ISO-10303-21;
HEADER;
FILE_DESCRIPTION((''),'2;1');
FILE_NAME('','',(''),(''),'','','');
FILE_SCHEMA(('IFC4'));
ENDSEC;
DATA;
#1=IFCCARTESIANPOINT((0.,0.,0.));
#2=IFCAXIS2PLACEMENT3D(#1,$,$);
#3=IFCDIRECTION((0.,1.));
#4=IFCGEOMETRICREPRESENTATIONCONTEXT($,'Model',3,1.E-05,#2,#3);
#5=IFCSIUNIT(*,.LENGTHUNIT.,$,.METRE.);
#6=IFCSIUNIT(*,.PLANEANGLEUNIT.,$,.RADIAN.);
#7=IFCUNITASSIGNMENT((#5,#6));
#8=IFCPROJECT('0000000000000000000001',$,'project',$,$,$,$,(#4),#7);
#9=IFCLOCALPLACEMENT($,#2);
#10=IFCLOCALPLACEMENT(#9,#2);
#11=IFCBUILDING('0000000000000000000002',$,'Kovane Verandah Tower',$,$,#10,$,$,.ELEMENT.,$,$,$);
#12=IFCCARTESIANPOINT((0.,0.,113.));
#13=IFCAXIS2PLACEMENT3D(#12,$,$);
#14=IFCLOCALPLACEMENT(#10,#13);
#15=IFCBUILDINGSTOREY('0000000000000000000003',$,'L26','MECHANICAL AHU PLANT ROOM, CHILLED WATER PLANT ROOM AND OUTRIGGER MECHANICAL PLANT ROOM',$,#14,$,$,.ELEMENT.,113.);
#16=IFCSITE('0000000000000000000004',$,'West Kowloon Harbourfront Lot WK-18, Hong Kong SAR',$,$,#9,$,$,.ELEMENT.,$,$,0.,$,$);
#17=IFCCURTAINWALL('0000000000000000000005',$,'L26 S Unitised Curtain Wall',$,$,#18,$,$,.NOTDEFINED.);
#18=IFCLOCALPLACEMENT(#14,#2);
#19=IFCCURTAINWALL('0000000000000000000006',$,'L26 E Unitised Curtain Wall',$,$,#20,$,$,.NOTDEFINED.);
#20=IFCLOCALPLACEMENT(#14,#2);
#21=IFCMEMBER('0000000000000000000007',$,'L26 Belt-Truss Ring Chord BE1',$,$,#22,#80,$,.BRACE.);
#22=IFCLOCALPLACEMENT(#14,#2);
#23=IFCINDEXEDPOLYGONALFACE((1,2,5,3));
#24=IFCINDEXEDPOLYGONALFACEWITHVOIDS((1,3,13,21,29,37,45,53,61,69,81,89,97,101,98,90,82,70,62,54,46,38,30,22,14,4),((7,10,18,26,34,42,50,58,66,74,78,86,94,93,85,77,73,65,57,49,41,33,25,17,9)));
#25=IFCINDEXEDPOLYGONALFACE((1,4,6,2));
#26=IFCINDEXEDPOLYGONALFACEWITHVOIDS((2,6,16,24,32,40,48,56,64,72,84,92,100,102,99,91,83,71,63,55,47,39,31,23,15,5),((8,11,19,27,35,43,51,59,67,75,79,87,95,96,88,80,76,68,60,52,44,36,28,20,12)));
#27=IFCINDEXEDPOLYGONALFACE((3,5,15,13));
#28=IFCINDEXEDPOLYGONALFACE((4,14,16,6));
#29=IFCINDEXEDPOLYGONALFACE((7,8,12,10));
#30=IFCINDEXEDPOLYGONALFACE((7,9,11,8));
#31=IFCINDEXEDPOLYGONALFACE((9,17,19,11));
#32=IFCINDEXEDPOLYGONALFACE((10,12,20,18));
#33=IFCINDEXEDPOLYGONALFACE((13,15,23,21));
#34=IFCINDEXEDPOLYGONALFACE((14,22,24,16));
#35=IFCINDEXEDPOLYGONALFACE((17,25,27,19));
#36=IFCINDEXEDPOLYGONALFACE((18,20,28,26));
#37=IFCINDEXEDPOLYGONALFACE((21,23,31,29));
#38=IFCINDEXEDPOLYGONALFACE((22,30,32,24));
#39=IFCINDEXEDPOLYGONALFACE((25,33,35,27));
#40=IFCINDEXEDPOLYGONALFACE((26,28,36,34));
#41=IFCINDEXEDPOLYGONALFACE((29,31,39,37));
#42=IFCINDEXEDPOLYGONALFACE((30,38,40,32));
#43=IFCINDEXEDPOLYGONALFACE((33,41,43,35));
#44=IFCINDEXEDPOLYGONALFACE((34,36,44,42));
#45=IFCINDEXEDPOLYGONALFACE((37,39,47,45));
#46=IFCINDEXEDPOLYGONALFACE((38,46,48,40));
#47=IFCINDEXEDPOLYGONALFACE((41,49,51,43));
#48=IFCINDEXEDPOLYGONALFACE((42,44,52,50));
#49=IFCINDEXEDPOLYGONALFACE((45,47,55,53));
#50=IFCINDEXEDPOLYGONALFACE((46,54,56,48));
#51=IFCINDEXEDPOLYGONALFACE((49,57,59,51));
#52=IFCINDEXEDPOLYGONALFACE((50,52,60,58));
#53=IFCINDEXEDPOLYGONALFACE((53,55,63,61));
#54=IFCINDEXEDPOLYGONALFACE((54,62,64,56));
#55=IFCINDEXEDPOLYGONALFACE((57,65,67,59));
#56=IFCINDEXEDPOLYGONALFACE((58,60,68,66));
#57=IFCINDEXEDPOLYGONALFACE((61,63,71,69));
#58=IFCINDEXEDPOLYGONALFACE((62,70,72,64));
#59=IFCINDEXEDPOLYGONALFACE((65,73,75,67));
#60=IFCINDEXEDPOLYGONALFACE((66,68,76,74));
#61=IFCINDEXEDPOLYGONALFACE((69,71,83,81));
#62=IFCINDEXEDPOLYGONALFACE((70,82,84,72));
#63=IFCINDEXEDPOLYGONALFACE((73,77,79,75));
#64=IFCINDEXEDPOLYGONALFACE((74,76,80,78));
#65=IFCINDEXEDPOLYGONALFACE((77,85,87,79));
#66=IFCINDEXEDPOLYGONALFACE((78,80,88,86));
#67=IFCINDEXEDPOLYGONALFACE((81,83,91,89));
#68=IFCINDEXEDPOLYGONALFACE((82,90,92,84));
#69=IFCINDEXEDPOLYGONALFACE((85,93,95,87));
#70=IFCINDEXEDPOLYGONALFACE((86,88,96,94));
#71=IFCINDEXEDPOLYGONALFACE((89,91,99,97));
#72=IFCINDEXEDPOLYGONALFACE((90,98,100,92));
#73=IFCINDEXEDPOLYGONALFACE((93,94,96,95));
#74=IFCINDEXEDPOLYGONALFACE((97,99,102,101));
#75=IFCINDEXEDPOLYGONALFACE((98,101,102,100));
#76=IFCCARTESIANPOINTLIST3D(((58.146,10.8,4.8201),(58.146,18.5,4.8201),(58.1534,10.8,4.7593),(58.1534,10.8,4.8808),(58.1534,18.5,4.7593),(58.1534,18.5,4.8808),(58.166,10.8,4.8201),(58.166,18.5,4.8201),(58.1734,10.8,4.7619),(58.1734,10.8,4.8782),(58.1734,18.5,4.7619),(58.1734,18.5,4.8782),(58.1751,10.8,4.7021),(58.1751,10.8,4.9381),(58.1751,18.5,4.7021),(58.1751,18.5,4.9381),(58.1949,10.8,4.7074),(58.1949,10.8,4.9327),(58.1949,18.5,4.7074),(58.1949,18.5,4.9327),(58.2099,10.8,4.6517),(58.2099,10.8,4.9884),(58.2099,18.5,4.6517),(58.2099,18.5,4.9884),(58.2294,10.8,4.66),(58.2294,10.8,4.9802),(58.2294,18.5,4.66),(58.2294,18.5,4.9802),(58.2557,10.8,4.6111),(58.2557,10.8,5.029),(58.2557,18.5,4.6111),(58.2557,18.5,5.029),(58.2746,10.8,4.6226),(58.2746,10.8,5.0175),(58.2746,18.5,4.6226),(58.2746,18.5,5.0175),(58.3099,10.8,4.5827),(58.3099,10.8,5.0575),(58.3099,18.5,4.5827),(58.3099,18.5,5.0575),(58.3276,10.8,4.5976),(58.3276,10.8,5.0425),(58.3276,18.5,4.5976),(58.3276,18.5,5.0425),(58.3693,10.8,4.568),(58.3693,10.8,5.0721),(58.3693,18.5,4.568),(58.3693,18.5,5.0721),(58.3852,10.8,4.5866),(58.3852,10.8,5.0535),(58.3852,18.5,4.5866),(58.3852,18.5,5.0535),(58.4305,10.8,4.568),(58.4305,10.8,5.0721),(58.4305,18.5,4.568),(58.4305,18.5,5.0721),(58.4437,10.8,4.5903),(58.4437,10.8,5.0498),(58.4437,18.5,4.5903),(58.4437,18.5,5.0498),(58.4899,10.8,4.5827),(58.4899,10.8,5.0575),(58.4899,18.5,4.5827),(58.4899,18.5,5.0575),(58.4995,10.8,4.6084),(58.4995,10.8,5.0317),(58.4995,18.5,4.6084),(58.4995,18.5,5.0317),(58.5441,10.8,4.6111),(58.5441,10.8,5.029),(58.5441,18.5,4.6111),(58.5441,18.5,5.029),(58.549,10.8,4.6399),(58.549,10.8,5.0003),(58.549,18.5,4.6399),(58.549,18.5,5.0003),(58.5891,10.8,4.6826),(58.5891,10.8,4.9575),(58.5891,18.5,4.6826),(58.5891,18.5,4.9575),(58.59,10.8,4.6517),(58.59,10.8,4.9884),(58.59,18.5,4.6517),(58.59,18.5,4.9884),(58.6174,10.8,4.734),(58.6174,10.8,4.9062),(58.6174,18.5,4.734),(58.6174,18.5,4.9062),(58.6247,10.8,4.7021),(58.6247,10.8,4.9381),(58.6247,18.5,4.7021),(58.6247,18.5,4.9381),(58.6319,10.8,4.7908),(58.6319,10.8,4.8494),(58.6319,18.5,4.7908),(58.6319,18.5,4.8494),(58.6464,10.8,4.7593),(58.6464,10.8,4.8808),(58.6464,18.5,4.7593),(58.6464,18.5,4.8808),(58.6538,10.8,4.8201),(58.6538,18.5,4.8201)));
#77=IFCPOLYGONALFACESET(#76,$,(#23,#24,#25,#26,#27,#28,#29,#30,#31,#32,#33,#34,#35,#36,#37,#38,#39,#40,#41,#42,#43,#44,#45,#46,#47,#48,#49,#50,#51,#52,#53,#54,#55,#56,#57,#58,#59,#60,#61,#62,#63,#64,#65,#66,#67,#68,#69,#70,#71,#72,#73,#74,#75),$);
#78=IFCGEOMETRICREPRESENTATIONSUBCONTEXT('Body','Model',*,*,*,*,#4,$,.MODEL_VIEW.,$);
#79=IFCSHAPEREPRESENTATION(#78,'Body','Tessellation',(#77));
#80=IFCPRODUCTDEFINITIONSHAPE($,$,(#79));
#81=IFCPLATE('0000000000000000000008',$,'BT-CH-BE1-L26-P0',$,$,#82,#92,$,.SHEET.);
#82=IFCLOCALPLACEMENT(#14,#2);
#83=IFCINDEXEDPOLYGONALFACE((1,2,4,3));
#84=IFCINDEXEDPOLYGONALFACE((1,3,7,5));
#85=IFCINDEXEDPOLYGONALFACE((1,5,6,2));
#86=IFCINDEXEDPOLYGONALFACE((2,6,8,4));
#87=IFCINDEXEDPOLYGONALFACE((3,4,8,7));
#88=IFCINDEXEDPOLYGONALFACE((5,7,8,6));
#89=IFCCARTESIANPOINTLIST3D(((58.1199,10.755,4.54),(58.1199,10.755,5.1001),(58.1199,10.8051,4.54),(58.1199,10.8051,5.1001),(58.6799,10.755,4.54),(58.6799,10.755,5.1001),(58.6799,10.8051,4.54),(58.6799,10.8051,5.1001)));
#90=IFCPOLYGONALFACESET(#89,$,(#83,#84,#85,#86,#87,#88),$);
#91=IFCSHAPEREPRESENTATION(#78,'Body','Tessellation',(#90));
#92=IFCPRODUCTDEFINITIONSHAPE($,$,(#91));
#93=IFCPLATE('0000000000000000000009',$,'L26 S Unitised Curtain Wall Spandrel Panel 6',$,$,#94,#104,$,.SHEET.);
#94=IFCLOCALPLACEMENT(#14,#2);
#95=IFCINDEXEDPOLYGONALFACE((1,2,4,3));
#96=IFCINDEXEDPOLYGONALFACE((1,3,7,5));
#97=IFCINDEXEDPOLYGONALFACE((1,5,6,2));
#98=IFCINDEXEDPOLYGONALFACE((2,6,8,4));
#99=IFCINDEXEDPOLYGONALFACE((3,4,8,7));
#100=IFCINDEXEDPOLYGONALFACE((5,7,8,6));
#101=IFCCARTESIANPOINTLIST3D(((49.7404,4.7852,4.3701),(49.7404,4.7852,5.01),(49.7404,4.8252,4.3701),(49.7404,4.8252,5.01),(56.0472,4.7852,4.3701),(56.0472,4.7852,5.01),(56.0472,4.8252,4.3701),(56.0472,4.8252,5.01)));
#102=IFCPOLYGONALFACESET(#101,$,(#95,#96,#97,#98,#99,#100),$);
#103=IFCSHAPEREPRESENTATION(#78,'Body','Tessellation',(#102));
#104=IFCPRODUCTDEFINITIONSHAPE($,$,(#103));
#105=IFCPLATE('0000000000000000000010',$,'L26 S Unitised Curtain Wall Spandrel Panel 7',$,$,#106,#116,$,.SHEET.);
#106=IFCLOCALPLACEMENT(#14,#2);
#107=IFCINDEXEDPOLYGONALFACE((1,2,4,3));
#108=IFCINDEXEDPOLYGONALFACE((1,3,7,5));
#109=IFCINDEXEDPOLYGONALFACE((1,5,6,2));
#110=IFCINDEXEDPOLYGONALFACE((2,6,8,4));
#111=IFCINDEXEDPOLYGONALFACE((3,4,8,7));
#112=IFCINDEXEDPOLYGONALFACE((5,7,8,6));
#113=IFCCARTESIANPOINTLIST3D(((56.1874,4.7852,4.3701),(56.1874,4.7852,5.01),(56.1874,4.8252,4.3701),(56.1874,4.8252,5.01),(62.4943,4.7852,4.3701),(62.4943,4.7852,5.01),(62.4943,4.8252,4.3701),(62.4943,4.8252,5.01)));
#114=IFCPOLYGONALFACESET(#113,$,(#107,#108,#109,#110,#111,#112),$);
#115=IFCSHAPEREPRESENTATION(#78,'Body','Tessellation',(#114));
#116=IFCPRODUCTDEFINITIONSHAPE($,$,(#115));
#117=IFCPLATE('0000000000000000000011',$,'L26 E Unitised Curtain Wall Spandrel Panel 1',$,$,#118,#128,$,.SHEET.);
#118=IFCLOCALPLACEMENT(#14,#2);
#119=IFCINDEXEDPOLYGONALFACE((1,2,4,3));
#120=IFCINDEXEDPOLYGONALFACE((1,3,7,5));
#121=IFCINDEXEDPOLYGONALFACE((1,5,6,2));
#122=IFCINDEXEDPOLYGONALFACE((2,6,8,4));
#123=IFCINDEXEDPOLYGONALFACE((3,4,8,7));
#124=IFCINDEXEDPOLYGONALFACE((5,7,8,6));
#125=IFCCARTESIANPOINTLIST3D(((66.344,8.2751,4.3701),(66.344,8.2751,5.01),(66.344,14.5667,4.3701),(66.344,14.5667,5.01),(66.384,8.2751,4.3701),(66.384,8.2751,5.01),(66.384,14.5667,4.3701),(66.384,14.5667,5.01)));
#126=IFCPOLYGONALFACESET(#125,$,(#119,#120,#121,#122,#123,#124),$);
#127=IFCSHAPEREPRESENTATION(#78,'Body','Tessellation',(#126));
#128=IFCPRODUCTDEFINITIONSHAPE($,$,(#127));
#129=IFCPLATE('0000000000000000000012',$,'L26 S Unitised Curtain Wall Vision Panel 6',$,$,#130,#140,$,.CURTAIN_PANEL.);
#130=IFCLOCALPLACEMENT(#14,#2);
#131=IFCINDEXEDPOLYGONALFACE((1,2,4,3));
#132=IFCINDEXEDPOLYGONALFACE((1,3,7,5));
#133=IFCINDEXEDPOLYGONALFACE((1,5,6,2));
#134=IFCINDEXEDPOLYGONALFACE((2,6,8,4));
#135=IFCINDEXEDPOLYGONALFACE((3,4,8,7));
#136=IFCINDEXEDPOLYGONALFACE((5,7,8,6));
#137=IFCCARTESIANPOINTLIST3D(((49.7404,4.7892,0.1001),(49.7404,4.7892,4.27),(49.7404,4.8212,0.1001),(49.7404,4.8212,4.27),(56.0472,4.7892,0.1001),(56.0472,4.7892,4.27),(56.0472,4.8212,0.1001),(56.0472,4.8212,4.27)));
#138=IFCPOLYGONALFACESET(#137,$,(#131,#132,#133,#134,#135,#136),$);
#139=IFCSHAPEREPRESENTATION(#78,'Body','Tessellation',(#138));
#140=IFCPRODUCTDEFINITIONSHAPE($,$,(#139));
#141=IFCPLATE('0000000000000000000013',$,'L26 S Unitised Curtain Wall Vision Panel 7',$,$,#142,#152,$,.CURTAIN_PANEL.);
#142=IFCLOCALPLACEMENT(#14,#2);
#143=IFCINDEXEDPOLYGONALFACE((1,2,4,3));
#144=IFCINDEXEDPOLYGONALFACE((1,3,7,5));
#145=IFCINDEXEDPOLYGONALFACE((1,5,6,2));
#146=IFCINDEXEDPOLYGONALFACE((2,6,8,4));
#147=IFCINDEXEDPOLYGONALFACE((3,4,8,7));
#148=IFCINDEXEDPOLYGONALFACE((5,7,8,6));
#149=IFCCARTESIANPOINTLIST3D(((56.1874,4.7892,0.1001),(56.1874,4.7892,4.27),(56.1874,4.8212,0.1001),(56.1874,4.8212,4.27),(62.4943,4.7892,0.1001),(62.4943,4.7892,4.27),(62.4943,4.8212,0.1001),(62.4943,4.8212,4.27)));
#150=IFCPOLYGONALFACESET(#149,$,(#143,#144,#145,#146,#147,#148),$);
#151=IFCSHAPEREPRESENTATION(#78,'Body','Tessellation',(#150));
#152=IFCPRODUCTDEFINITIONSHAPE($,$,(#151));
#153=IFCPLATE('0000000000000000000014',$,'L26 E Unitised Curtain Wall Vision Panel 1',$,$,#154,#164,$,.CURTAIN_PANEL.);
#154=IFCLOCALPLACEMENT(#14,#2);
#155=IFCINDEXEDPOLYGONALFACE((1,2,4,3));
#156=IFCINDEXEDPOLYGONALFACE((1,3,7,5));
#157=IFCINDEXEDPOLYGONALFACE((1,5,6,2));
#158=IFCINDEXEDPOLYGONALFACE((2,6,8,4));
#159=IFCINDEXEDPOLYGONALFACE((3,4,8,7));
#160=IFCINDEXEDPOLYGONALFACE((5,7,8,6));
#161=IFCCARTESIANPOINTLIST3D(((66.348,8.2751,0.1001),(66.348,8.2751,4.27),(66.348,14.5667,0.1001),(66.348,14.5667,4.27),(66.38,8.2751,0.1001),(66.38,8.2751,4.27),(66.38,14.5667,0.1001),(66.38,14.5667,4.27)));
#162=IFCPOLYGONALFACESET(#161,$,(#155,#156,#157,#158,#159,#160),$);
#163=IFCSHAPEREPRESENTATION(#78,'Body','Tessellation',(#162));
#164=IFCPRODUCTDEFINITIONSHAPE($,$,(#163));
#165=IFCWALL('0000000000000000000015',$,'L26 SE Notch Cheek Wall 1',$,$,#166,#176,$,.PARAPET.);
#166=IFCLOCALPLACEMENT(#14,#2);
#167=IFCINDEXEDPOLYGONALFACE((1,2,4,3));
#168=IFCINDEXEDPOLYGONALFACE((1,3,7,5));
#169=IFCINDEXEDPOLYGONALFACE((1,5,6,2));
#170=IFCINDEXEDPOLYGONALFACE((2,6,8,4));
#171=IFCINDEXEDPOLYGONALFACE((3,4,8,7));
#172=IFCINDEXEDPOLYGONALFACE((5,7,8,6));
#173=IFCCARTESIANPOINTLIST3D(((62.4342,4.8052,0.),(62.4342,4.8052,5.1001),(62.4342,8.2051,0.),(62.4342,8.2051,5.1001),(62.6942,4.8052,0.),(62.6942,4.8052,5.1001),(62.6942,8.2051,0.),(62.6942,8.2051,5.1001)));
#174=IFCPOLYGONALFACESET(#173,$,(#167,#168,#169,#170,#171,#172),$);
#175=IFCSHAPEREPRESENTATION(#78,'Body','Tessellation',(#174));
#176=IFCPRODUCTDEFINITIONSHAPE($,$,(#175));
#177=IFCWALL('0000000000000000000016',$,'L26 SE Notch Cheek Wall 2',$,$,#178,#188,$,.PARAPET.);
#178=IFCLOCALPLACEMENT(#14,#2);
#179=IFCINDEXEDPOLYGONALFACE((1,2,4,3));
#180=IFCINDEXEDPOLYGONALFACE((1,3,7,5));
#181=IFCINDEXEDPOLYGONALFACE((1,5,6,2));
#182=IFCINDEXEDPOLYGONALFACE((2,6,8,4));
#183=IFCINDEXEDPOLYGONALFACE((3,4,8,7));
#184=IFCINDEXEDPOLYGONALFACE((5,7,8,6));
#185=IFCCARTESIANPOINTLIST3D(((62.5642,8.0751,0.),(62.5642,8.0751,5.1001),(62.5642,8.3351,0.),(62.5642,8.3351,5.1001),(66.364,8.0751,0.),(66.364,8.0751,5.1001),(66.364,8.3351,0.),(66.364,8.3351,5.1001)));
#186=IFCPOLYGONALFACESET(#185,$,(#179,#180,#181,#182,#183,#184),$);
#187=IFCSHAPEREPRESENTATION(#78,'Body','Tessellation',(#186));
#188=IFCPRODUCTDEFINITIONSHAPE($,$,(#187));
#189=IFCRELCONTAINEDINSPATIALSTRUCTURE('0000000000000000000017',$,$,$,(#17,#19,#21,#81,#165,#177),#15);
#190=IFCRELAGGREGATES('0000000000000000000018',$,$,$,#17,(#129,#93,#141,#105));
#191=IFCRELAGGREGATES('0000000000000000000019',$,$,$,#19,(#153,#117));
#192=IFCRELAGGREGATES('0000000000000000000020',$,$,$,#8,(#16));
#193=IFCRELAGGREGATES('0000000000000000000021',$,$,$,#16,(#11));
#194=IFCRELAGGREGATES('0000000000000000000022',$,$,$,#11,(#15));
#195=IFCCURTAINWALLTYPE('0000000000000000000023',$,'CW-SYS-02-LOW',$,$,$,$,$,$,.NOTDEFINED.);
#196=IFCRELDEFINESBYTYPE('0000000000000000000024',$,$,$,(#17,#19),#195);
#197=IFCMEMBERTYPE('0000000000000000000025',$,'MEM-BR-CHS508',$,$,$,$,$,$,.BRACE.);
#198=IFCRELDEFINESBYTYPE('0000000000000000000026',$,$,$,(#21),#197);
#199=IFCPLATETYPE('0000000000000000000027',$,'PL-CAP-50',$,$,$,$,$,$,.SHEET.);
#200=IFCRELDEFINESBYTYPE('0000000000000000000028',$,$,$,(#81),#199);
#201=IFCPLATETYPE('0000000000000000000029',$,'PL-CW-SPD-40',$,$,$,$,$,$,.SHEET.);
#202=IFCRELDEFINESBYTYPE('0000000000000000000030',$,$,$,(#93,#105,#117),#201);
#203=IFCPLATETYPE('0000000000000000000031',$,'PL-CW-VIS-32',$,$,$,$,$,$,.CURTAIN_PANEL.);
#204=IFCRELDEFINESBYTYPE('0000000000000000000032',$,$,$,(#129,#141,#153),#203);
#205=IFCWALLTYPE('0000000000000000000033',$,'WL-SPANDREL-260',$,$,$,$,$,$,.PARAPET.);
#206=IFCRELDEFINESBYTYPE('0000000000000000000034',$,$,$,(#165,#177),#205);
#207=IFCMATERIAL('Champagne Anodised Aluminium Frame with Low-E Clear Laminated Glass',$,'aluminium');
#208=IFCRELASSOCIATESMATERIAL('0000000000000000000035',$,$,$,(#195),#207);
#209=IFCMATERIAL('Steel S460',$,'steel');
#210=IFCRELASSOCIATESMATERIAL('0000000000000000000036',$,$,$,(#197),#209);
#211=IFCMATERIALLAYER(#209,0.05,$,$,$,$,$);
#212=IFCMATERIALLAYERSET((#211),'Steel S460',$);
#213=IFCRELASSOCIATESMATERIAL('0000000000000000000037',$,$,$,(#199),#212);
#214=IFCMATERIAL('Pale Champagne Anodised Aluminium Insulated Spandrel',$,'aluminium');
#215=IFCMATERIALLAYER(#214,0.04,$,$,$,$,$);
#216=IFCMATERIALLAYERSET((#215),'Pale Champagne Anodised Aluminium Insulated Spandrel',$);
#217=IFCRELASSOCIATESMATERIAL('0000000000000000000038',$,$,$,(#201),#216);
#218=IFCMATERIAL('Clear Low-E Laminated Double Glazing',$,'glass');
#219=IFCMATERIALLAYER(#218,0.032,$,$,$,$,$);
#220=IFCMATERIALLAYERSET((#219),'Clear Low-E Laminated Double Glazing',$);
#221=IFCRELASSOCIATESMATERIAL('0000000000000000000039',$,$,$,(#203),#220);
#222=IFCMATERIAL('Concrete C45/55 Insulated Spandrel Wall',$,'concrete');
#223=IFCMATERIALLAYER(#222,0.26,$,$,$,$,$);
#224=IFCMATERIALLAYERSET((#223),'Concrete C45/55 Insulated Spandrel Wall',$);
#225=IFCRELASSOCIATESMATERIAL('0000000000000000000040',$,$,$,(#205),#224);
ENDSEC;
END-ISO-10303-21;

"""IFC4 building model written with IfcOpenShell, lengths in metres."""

from ifc_helpers import new_model, si_unit, direction, frame, frame_2d, origin, origin_2d, place, context, subcontext, project, spatial, rectangle, hollow_circle, extrude, material, layer, layer_set, material_profile, profile_set, type_object, element, aggregate, save


model = new_model("IFC4")

# Units and contexts
model_context = context("Model", 3, precision=1e-05, world=origin(), true_north=direction((0.0, 1.0)))
body_context = subcontext(model_context, "Body", "Model", "MODEL_VIEW")
ifc_project = project(units=[si_unit("LENGTHUNIT", "METRE"), si_unit("PLANEANGLEUNIT", "RADIAN")], contexts=[model_context])

# Site, building, storey
site_placement = place(None, origin())
site = spatial("IfcSite", under=ifc_project, at=site_placement, Name="West Kowloon Harbourfront Lot WK-18, Hong Kong SAR", CompositionType="ELEMENT", RefElevation=0.0)
building_placement = place(site_placement, origin())
building = spatial("IfcBuilding", under=site, at=building_placement, Name="Kovane Verandah Tower", CompositionType="ELEMENT")
storey_placement = place(building_placement, frame((0.0, 0.0, 113.0)))
storey = spatial("IfcBuildingStorey", under=building, at=storey_placement, Name="L26", Description="MECHANICAL AHU PLANT ROOM, CHILLED WATER PLANT ROOM AND OUTRIGGER MECHANICAL PLANT ROOM", CompositionType="ELEMENT", Elevation=113.0)

# Shared definitions
ifc_material_1 = material(Name="Steel S460", Category="steel")

# Curtain walls
ifc_material_2 = material(Name="Champagne Anodised Aluminium Frame with Low-E Clear Laminated Glass", Category="aluminium")
curtain_wall_type = type_object("IfcCurtainWallType", Name="CW-SYS-02-LOW", PredefinedType="NOTDEFINED", material=ifc_material_2)
curtain_wall_1_placement = place(storey_placement, origin())
curtain_wall_1 = element("IfcCurtainWall", 1, at=curtain_wall_1_placement, inside=storey, type_object=curtain_wall_type, Name="L26 S Unitised Curtain Wall", PredefinedType="NOTDEFINED")
curtain_wall_2_placement = place(storey_placement, origin())
curtain_wall_2 = element("IfcCurtainWall", 2, at=curtain_wall_2_placement, inside=storey, type_object=curtain_wall_type, Name="L26 E Unitised Curtain Wall", PredefinedType="NOTDEFINED")

# Member
ifc_material_profile_1 = material_profile(ifc_material_1, hollow_circle(Radius=0.2539, WallThickness=0.02, at=origin_2d()), Name="CHS508x20")
ifc_profile_set_1 = profile_set([ifc_material_profile_1], Name="Steel S460")
member_type_1 = type_object("IfcMemberType", Name="MEM-BR-CHS508", PredefinedType="BRACE", material=ifc_profile_set_1)
member_1_placement = place(storey_placement, frame((58.3999, 10.8, 4.8201), z_axis=(0.0, 1.0, 0.0), x_axis=(-1.0, 0.0, 0.0)))
element("IfcMember", 3, at=member_1_placement, inside=storey, type_object=member_type_1, Name="L26 Belt-Truss Ring Chord BE1", PredefinedType="BRACE", context=body_context, shape_type="SweptSolid", body=[
    extrude(hollow_circle(Radius=0.2539, WallThickness=0.02, at=origin_2d()), origin(), (0.0, 0.0, 1.0), 7.7),
])

# Plates
ifc_layer_1 = layer(ifc_material_1, 0.05)
ifc_layer_set_1 = layer_set([ifc_layer_1], Name="Steel S460")
plate_type_1 = type_object("IfcPlateType", Name="PL-CAP-50", PredefinedType="SHEET", material=ifc_layer_set_1)
plate_1_placement = place(storey_placement, frame((58.3999, 10.78, 4.54), z_axis=(0.0, 0.0, 1.0), x_axis=(0.0, 1.0, 0.0)))
element("IfcPlate", 4, at=plate_1_placement, inside=storey, type_object=plate_type_1, Name="BT-CH-BE1-L26-P0", PredefinedType="SHEET", context=body_context, shape_type="SweptSolid", body=[
    extrude(rectangle(XDim=0.05, YDim=0.5601, at=origin_2d()), origin(), (0.0, 0.0, 1.0), 0.5601),
])
ifc_material_3 = material(Name="Pale Champagne Anodised Aluminium Insulated Spandrel", Category="aluminium")
ifc_layer_2 = layer(ifc_material_3, 0.04)
ifc_layer_set_2 = layer_set([ifc_layer_2], Name="Pale Champagne Anodised Aluminium Insulated Spandrel")
plate_type_2 = type_object("IfcPlateType", Name="PL-CW-SPD-40", PredefinedType="SHEET", material=ifc_layer_set_2)
plate_2_placement = place(storey_placement, frame((52.8938, 4.8052, 4.3701), z_axis=(0.0, 0.0, 1.0), x_axis=(1.0, 0.0, 0.0)))
plate_2 = element("IfcPlate", 5, at=plate_2_placement, type_object=plate_type_2, Name="L26 S Unitised Curtain Wall Spandrel Panel 6", PredefinedType="SHEET", context=body_context, shape_type="SweptSolid", body=[
    extrude(rectangle(XDim=6.3069, YDim=0.04, at=origin_2d()), origin(), (0.0, 0.0, 1.0), 0.6399),
])
plate_3_placement = place(storey_placement, frame((59.3408, 4.8052, 4.3701), z_axis=(0.0, 0.0, 1.0), x_axis=(1.0, 0.0, 0.0)))
plate_3 = element("IfcPlate", 6, at=plate_3_placement, type_object=plate_type_2, Name="L26 S Unitised Curtain Wall Spandrel Panel 7", PredefinedType="SHEET", context=body_context, shape_type="SweptSolid", body=[
    extrude(rectangle(XDim=6.3069, YDim=0.04, at=origin_2d()), origin(), (0.0, 0.0, 1.0), 0.6399),
])
plate_4_placement = place(storey_placement, frame((66.364, 11.4209, 4.3701), z_axis=(0.0, 0.0, 1.0), x_axis=(0.0, 1.0, 0.0)))
plate_4 = element("IfcPlate", 7, at=plate_4_placement, type_object=plate_type_2, Name="L26 E Unitised Curtain Wall Spandrel Panel 1", PredefinedType="SHEET", context=body_context, shape_type="SweptSolid", body=[
    extrude(rectangle(XDim=6.2915, YDim=0.04, at=origin_2d()), origin(), (0.0, 0.0, 1.0), 0.6399),
])
ifc_material_4 = material(Name="Clear Low-E Laminated Double Glazing", Category="glass")
ifc_layer_3 = layer(ifc_material_4, 0.032)
ifc_layer_set_3 = layer_set([ifc_layer_3], Name="Clear Low-E Laminated Double Glazing")
plate_type_3 = type_object("IfcPlateType", Name="PL-CW-VIS-32", PredefinedType="CURTAIN_PANEL", material=ifc_layer_set_3)
plate_5_placement = place(storey_placement, frame((52.8938, 4.8052, 0.1001), z_axis=(0.0, 0.0, 1.0), x_axis=(1.0, 0.0, 0.0)))
plate_5 = element("IfcPlate", 8, at=plate_5_placement, type_object=plate_type_3, Name="L26 S Unitised Curtain Wall Vision Panel 6", PredefinedType="CURTAIN_PANEL", context=body_context, shape_type="SweptSolid", body=[
    extrude(rectangle(XDim=6.3069, YDim=0.032, at=origin_2d()), origin(), (0.0, 0.0, 1.0), 4.1699),
])
plate_6_placement = place(storey_placement, frame((59.3408, 4.8052, 0.1001), z_axis=(0.0, 0.0, 1.0), x_axis=(1.0, 0.0, 0.0)))
plate_6 = element("IfcPlate", 9, at=plate_6_placement, type_object=plate_type_3, Name="L26 S Unitised Curtain Wall Vision Panel 7", PredefinedType="CURTAIN_PANEL", context=body_context, shape_type="SweptSolid", body=[
    extrude(rectangle(XDim=6.3069, YDim=0.032, at=origin_2d()), origin(), (0.0, 0.0, 1.0), 4.1699),
])
aggregate(curtain_wall_1, [plate_5, plate_2, plate_6, plate_3])
plate_7_placement = place(storey_placement, frame((66.364, 11.4209, 0.1001), z_axis=(0.0, 0.0, 1.0), x_axis=(0.0, 1.0, 0.0)))
plate_7 = element("IfcPlate", 10, at=plate_7_placement, type_object=plate_type_3, Name="L26 E Unitised Curtain Wall Vision Panel 1", PredefinedType="CURTAIN_PANEL", context=body_context, shape_type="SweptSolid", body=[
    extrude(rectangle(XDim=6.2915, YDim=0.032, at=origin_2d()), origin(), (0.0, 0.0, 1.0), 4.1699),
])
aggregate(curtain_wall_2, [plate_7, plate_4])

# Walls
ifc_material_5 = material(Name="Concrete C45/55 Insulated Spandrel Wall", Category="concrete")
ifc_layer_4 = layer(ifc_material_5, 0.26)
ifc_layer_set_4 = layer_set([ifc_layer_4], Name="Concrete C45/55 Insulated Spandrel Wall")
wall_type = type_object("IfcWallType", Name="WL-SPANDREL-260", PredefinedType="PARAPET", material=ifc_layer_set_4)
wall_1_placement = place(storey_placement, frame((62.5642, 4.8052, 0.0), z_axis=(0.0, 0.0, 1.0), x_axis=(0.0, 1.0, 0.0)))
element("IfcWall", 11, at=wall_1_placement, inside=storey, type_object=wall_type, Name="L26 SE Notch Cheek Wall 1", PredefinedType="PARAPET", context=body_context, shape_type="SweptSolid", body=[
    extrude(rectangle(XDim=3.3999, YDim=0.26, at=frame_2d((1.7, 0.0))), origin(), (0.0, 0.0, 1.0), 5.1001),
])
wall_2_placement = place(storey_placement, frame((62.5642, 8.2051, 0.0), z_axis=(0.0, 0.0, 1.0), x_axis=(1.0, 0.0, 0.0)))
element("IfcWall", 12, at=wall_2_placement, inside=storey, type_object=wall_type, Name="L26 SE Notch Cheek Wall 2", PredefinedType="PARAPET", context=body_context, shape_type="SweptSolid", body=[
    extrude(rectangle(XDim=3.7998, YDim=0.26, at=frame_2d((1.8999, 0.0))), origin(), (0.0, 0.0, 1.0), 5.1001),
])

save(model, "model.ifc")
